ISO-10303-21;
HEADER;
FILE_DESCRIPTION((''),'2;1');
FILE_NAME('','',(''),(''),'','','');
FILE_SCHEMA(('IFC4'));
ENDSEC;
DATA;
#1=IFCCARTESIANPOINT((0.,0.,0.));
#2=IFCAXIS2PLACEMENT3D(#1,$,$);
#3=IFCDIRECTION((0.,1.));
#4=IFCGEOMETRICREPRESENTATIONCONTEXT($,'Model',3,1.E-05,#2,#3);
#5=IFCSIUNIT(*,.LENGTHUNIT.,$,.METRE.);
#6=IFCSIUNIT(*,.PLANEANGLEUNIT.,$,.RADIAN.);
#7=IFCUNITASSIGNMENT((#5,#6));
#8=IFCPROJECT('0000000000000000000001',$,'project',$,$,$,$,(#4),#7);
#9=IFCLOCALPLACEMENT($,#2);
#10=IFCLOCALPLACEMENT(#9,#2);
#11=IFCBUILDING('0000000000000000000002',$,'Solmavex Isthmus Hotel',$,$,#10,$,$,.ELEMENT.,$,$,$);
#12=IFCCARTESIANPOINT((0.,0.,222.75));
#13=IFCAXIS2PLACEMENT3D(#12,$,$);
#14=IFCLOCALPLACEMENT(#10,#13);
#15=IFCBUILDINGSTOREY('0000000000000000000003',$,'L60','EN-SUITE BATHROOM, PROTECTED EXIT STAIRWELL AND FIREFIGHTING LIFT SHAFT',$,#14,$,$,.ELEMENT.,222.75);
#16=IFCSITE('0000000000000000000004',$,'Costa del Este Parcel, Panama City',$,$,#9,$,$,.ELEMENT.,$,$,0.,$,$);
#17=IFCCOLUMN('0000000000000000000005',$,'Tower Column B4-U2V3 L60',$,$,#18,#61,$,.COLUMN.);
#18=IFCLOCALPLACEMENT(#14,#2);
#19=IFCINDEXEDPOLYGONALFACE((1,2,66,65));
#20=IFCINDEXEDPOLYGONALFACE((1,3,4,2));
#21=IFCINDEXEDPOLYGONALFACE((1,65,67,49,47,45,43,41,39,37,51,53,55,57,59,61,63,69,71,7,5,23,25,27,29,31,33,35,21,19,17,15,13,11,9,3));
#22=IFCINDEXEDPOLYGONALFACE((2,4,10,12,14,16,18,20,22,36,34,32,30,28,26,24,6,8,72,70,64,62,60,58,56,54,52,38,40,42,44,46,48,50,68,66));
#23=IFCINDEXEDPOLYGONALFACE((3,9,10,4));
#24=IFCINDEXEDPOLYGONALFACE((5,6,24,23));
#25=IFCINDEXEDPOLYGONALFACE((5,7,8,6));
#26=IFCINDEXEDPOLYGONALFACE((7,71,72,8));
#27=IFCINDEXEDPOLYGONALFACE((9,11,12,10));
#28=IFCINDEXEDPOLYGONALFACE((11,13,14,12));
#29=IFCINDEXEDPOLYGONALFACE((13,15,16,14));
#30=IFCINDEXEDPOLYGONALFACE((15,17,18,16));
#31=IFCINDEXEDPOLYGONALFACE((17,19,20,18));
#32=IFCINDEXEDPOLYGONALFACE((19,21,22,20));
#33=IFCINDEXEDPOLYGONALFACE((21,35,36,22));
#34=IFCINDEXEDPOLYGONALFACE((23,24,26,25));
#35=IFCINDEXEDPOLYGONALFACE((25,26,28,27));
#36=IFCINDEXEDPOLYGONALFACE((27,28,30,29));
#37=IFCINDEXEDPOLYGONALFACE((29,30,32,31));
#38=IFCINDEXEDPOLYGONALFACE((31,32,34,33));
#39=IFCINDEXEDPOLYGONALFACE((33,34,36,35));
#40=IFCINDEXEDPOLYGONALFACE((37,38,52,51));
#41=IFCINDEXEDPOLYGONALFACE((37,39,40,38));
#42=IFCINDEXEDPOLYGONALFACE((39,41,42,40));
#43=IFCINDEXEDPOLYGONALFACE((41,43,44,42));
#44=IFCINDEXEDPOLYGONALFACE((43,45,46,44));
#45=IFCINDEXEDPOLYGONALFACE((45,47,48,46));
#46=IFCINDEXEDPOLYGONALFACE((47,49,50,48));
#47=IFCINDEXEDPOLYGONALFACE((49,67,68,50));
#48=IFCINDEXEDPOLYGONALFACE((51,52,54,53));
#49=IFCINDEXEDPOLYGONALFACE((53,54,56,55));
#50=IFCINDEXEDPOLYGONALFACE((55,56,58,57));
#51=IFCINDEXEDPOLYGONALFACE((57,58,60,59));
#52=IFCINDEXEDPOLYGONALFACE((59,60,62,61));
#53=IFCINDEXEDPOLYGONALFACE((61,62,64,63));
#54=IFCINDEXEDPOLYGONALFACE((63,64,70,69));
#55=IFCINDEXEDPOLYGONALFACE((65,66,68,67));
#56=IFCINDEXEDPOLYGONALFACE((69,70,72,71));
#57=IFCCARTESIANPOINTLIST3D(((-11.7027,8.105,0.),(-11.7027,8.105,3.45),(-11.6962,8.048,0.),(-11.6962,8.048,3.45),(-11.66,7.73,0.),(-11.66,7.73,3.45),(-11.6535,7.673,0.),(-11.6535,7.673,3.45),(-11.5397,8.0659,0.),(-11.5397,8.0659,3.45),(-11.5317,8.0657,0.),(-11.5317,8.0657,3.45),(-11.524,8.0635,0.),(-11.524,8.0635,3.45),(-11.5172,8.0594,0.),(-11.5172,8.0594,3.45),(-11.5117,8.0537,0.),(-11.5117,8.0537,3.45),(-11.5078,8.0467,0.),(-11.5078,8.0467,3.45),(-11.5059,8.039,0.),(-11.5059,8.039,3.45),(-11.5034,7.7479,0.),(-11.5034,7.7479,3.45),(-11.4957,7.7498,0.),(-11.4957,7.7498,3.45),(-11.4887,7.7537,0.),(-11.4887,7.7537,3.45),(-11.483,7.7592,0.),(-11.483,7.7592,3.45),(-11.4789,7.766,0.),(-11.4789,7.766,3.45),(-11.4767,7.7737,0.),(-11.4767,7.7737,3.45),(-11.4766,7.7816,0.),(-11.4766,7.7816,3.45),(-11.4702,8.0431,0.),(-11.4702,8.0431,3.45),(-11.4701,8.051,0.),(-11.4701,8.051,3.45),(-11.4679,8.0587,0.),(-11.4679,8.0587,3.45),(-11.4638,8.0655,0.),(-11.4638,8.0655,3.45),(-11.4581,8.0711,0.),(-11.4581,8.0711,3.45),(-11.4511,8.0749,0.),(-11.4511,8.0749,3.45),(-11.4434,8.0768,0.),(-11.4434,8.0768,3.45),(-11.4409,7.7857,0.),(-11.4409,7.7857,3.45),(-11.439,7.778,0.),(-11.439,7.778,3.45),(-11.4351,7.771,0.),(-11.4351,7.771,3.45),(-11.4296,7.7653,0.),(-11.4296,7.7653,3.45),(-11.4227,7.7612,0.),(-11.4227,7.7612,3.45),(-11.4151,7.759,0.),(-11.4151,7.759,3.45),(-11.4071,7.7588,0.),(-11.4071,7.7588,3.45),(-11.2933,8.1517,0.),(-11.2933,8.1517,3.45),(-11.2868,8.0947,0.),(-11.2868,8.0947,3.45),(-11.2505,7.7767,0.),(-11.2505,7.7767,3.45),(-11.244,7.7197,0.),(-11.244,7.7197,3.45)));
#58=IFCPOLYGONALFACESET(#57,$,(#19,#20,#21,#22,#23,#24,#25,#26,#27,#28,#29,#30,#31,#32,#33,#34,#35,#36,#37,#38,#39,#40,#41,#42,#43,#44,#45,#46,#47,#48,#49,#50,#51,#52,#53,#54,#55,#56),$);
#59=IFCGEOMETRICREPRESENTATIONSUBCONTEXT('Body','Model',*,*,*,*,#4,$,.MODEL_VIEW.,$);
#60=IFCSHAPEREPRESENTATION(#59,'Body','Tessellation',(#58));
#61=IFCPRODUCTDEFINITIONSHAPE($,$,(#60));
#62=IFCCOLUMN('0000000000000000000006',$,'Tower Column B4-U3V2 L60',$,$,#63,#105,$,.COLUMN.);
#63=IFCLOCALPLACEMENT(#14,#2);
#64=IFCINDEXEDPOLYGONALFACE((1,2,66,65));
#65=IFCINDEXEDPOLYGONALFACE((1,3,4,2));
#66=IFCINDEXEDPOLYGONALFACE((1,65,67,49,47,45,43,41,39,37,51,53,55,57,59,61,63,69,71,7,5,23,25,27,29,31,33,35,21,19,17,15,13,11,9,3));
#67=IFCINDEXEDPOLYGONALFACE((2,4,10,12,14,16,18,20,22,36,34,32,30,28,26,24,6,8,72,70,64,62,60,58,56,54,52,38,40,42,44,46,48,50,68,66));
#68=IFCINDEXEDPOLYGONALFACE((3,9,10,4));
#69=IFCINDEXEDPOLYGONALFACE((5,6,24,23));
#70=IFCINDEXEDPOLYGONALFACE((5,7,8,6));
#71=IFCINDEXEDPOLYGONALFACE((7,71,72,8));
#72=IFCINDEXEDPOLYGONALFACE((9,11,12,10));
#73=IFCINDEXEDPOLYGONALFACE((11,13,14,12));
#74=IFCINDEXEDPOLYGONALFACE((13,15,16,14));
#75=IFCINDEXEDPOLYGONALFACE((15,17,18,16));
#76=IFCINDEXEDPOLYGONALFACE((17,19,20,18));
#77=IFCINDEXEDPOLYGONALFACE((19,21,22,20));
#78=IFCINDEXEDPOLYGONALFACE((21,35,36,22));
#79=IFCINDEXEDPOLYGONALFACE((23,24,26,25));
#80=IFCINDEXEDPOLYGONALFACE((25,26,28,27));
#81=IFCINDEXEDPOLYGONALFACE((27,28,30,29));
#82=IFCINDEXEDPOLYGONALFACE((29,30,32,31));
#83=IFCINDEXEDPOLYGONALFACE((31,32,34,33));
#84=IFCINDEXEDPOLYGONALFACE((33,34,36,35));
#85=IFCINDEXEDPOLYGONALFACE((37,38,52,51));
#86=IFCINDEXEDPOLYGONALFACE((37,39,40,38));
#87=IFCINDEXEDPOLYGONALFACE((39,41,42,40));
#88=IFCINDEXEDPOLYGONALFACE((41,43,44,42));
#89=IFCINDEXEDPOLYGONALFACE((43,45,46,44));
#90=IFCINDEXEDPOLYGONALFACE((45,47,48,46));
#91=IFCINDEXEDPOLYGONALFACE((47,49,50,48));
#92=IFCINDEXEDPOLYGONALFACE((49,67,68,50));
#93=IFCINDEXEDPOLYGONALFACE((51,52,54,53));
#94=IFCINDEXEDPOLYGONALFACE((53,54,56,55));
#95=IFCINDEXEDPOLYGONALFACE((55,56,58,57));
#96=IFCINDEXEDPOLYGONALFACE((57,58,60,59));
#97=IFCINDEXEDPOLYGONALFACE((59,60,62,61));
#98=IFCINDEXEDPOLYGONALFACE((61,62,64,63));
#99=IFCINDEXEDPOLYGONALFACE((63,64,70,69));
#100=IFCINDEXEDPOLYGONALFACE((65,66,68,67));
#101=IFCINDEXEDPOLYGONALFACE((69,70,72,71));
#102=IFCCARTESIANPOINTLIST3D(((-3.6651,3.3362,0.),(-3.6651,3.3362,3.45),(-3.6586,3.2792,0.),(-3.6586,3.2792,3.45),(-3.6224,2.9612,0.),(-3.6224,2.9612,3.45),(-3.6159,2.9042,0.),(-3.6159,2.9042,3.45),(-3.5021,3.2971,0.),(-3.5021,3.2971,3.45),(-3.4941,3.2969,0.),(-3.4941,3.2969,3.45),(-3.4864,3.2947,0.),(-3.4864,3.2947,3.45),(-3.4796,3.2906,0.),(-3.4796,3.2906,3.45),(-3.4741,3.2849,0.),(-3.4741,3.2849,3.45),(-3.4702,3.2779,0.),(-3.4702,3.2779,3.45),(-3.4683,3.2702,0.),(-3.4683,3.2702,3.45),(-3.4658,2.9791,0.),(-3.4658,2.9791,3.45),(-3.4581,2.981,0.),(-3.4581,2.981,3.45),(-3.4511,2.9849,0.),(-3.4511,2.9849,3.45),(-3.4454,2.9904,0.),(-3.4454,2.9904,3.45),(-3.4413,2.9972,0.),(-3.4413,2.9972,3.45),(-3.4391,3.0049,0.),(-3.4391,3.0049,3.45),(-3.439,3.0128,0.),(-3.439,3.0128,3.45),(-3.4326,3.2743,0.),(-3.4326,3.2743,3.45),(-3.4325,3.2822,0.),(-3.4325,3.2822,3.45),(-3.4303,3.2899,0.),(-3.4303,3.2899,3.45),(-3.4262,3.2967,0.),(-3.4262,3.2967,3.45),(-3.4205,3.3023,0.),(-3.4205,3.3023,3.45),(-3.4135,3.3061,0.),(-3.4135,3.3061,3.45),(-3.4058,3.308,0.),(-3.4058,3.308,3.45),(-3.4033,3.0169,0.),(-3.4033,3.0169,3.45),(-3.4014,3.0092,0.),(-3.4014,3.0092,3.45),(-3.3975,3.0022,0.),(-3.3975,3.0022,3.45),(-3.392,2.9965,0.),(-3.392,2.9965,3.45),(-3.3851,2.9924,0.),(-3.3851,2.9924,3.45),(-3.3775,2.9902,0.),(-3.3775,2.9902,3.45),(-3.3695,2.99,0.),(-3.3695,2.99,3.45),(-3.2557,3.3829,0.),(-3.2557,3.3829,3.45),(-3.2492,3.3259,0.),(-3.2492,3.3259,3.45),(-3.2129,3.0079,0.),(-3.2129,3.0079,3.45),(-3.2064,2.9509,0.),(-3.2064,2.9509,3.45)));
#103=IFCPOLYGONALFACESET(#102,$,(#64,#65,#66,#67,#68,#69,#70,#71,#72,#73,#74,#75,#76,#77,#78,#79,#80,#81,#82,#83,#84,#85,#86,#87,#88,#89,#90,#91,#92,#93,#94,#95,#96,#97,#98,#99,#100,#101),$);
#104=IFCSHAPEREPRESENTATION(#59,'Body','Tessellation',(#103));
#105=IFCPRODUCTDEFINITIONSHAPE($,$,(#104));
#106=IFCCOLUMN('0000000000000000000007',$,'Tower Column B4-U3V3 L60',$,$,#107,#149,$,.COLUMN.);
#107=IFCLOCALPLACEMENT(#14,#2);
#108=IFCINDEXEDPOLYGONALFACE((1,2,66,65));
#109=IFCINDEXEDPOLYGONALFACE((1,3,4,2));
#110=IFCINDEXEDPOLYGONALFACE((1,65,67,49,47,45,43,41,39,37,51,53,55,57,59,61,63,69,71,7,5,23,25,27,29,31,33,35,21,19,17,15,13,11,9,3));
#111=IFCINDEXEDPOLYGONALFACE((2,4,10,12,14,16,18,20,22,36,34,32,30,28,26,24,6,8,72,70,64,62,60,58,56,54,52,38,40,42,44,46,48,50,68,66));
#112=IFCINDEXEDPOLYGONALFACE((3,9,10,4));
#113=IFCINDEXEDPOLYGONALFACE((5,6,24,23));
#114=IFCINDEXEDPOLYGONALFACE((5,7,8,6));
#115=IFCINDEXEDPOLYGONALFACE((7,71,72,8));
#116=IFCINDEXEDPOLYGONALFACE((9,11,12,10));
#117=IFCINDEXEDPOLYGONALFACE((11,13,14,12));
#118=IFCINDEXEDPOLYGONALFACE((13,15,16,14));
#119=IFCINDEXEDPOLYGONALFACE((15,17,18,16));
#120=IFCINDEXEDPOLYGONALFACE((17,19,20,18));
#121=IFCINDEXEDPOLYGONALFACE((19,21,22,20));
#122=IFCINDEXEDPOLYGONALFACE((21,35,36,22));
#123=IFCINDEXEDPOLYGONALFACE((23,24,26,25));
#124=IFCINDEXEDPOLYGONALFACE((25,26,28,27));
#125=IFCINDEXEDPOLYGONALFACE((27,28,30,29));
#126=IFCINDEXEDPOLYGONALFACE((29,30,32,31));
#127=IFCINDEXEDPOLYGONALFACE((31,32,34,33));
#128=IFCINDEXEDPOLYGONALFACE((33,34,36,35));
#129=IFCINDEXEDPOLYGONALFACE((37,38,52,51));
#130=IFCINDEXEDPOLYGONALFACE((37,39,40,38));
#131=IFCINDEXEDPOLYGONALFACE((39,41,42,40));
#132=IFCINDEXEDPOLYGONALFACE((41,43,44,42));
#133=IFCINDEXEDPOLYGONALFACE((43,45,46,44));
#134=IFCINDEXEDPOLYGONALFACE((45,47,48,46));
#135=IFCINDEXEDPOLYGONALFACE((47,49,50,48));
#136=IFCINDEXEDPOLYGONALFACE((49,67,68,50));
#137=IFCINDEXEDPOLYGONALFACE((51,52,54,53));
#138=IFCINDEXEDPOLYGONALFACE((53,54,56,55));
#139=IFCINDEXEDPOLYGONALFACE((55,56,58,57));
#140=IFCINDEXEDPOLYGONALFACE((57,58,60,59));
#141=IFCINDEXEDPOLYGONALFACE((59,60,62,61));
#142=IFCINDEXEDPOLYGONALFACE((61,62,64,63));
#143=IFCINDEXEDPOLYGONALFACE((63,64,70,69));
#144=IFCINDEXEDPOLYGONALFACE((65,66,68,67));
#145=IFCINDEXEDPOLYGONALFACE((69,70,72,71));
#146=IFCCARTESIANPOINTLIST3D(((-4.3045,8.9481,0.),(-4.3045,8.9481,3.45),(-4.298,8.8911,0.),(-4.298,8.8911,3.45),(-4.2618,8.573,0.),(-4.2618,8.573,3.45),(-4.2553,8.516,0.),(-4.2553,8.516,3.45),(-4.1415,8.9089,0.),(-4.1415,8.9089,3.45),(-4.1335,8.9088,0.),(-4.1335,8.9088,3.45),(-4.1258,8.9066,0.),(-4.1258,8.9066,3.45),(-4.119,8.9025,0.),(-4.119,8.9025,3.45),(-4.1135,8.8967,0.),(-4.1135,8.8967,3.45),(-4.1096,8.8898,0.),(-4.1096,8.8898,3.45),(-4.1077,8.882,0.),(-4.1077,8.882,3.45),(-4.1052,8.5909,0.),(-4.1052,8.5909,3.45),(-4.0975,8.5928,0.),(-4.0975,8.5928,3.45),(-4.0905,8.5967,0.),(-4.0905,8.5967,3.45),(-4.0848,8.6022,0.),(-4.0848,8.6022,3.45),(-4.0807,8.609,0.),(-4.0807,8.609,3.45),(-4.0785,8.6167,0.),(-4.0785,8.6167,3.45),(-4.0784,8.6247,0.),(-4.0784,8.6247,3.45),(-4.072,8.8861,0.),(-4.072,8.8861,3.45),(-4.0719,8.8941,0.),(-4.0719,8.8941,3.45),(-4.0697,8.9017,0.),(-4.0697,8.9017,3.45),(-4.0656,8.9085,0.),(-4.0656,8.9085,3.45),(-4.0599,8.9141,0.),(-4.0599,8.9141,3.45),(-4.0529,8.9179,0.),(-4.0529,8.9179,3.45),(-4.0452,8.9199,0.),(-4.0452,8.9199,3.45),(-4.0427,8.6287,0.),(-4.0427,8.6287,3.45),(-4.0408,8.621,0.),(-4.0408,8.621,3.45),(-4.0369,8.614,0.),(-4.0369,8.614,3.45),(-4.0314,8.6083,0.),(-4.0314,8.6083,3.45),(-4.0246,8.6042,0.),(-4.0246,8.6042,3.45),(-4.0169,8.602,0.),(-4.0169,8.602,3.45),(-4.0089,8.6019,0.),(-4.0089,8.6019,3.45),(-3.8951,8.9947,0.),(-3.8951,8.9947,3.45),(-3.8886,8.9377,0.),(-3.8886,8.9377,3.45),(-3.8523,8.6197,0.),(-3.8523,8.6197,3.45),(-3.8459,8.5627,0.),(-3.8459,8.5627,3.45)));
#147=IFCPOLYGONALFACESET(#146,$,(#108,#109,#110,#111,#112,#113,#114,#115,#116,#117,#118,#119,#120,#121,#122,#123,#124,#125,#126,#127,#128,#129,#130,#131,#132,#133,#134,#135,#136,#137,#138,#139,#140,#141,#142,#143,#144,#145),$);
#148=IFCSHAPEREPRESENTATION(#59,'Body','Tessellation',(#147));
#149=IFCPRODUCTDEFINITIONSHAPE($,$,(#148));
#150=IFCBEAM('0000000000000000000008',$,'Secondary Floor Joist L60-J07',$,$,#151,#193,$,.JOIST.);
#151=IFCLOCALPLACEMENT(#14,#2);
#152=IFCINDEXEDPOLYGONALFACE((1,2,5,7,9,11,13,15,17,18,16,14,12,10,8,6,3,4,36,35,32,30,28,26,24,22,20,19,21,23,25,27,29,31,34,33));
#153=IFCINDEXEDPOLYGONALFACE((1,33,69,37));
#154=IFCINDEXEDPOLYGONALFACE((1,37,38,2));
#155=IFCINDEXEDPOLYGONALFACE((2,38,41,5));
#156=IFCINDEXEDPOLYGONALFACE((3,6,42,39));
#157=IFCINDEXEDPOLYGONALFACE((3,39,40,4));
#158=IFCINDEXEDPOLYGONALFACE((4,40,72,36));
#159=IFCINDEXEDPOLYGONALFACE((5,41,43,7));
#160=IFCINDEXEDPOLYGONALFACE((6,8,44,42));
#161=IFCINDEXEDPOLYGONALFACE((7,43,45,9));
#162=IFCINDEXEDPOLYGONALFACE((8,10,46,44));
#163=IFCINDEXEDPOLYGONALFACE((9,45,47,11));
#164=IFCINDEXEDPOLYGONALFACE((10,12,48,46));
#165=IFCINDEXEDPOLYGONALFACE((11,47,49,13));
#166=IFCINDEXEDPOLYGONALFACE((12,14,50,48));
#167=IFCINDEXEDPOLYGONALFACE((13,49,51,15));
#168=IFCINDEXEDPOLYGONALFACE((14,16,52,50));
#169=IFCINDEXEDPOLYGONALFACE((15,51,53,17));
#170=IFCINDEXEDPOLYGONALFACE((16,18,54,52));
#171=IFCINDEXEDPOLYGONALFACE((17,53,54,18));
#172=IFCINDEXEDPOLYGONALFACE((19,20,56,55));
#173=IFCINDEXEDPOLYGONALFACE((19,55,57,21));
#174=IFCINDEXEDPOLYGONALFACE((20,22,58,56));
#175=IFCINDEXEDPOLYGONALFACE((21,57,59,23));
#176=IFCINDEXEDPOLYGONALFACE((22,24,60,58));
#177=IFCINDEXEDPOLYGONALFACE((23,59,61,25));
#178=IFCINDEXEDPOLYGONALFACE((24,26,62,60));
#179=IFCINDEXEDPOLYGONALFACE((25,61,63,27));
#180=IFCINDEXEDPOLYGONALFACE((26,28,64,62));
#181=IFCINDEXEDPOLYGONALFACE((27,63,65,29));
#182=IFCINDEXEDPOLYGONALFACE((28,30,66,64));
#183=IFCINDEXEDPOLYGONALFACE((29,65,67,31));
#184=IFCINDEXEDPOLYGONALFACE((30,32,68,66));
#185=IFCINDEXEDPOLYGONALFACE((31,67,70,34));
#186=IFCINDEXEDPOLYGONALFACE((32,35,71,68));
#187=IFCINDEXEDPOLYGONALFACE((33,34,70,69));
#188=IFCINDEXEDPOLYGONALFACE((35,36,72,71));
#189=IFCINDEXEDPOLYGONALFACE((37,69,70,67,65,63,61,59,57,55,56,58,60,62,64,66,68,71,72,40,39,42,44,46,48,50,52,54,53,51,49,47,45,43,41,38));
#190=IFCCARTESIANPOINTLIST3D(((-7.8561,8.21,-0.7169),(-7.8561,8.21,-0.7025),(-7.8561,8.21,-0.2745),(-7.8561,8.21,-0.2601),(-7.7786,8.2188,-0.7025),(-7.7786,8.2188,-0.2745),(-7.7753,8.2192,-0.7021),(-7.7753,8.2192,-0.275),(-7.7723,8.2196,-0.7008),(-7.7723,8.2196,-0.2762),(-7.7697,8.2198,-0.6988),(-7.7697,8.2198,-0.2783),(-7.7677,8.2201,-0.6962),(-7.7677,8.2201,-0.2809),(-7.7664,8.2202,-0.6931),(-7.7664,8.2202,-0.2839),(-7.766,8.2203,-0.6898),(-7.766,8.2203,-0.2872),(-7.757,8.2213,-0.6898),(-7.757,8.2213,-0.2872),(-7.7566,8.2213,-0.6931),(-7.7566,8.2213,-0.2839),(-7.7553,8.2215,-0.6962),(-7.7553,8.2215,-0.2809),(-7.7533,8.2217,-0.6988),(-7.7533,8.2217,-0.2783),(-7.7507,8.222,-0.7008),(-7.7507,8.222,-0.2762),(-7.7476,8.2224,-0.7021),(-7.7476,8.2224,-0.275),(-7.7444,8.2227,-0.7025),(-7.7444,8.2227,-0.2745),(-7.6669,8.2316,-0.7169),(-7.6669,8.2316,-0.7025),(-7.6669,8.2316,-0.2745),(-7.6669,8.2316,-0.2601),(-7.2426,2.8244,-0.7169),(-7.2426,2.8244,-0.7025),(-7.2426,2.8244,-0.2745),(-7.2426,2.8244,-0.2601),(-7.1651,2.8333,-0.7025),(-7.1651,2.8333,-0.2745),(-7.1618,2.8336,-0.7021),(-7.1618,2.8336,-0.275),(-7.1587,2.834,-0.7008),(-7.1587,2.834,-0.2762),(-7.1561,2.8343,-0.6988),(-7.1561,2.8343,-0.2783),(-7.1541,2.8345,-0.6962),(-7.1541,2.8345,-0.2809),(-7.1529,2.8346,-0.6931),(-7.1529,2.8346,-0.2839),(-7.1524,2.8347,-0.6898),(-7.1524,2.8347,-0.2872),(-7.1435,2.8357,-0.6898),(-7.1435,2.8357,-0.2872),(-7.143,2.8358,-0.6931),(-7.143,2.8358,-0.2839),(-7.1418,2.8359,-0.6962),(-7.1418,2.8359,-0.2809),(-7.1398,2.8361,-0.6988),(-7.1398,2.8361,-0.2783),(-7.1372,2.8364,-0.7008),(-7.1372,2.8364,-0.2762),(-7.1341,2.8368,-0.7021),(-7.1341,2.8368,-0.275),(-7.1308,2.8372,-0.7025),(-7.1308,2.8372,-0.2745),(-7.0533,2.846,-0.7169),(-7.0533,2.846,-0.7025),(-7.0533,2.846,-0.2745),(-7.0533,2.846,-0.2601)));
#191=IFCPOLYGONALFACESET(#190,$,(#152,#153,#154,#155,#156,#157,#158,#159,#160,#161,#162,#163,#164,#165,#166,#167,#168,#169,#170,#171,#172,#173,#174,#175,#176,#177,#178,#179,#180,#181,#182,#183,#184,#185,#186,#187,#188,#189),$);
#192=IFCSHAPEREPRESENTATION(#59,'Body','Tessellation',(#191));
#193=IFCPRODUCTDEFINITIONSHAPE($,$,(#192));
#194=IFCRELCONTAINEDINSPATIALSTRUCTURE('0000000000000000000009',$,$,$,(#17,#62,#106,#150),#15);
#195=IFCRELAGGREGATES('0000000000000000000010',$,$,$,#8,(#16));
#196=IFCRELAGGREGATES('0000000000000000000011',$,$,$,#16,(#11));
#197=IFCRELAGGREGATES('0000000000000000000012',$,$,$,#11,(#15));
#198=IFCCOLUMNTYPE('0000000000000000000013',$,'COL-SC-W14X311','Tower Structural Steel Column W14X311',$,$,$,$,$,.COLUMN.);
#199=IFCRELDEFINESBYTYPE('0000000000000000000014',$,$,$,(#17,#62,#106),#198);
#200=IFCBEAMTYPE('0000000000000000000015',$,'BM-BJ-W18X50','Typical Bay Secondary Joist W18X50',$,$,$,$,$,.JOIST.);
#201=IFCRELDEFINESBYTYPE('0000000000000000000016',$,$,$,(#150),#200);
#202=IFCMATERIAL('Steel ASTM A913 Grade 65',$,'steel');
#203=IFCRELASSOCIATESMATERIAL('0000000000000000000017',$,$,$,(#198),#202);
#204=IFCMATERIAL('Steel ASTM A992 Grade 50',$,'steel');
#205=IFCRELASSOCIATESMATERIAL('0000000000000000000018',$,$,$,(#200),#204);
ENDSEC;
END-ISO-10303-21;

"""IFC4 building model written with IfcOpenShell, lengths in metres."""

from ifc_helpers import new_model, si_unit, direction, frame, origin, origin_2d, place, context, subcontext, project, spatial, i_section, extrude, material, material_profile, profile_set, type_object, element, save


model = new_model("IFC4")

# Units and contexts
model_context = context("Model", 3, precision=1e-05, world=origin(), true_north=direction((0.0, 1.0)))
body_context = subcontext(model_context, "Body", "Model", "MODEL_VIEW")
ifc_project = project(units=[si_unit("LENGTHUNIT", "METRE"), si_unit("PLANEANGLEUNIT", "RADIAN")], contexts=[model_context])

# Site, building, storey
site_placement = place(None, origin())
site = spatial("IfcSite", under=ifc_project, at=site_placement, Name="Costa del Este Parcel, Panama City", CompositionType="ELEMENT", RefElevation=0.0)
building_placement = place(site_placement, origin())
building = spatial("IfcBuilding", under=site, at=building_placement, Name="Solmavex Isthmus Hotel", CompositionType="ELEMENT")
storey_placement = place(building_placement, frame((0.0, 0.0, 222.75)))
storey = spatial("IfcBuildingStorey", under=building, at=storey_placement, Name="L60", Description="EN-SUITE BATHROOM, PROTECTED EXIT STAIRWELL AND FIREFIGHTING LIFT SHAFT", CompositionType="ELEMENT", Elevation=222.75)

# Columns
ifc_material_1 = material(Name="Steel ASTM A913 Grade 65", Category="steel")
ifc_material_profile_1 = material_profile(ifc_material_1, i_section(OverallWidth=0.4121, OverallDepth=0.4348, WebThickness=0.0359, FlangeThickness=0.0574, FilletRadius=0.0305, at=origin_2d()), Name="W14X311")
ifc_profile_set_1 = profile_set([ifc_material_profile_1], Name="Steel ASTM A913 Grade 65")
column_type = type_object("IfcColumnType", Name="COL-SC-W14X311", Description="Tower Structural Steel Column W14X311", PredefinedType="COLUMN", material=ifc_profile_set_1)
for number, where, z_axis, x_axis, name in (
    (1, (-11.4734, 7.9124, 0.0), (0.0, 0.0, 1.0), (0.993572, 0.113203, 0.0), "Tower Column B4-U2V3 L60"),
    (2, (-3.4358, 3.1436, 0.0), (0.0, 0.0, 1.0), (0.993572, 0.113203, 0.0), "Tower Column B4-U3V2 L60"),
    (3, (-4.0752, 8.7554, 0.0), (0.0, 0.0, 1.0), (0.993572, 0.113203, 0.0), "Tower Column B4-U3V3 L60"),
):
    element("IfcColumn", number, at=place(storey_placement, frame(where, z_axis=z_axis, x_axis=x_axis)), inside=storey, type_object=column_type, Name=name, PredefinedType="COLUMN", context=body_context, shape_type="SweptSolid", body=[
        extrude(i_section(OverallWidth=0.4121, OverallDepth=0.4348, WebThickness=0.0359, FlangeThickness=0.0574, FilletRadius=0.0305, at=origin_2d()), origin(), (0.0, 0.0, 1.0), 3.45),
    ])

# Beam
ifc_material_2 = material(Name="Steel ASTM A992 Grade 50", Category="steel")
ifc_material_profile_2 = material_profile(ifc_material_2, i_section(OverallWidth=0.1904, OverallDepth=0.4568, WebThickness=0.009, FlangeThickness=0.0144, FilletRadius=0.0127, at=origin_2d()), Name="W18X50")
ifc_profile_set_2 = profile_set([ifc_material_profile_2], Name="Steel ASTM A992 Grade 50")
beam_type_1 = type_object("IfcBeamType", Name="BM-BJ-W18X50", Description="Typical Bay Secondary Joist W18X50", PredefinedType="JOIST", material=ifc_profile_set_2)
beam_1_placement = place(storey_placement, frame((-7.1479, 2.8352, -0.4885), z_axis=(-0.11319, 0.993573, 0.0), x_axis=(-0.993573, -0.11319, 0.0)))
element("IfcBeam", 4, at=beam_1_placement, inside=storey, type_object=beam_type_1, Name="Secondary Floor Joist L60-J07", PredefinedType="JOIST", context=body_context, shape_type="SweptSolid", body=[
    extrude(i_section(OverallWidth=0.1904, OverallDepth=0.4568, WebThickness=0.009, FlangeThickness=0.0144, FilletRadius=0.0127, at=origin_2d()), origin(), (0.0, 0.0, 1.0), 5.4204),
])

save(model, "model.ifc")
